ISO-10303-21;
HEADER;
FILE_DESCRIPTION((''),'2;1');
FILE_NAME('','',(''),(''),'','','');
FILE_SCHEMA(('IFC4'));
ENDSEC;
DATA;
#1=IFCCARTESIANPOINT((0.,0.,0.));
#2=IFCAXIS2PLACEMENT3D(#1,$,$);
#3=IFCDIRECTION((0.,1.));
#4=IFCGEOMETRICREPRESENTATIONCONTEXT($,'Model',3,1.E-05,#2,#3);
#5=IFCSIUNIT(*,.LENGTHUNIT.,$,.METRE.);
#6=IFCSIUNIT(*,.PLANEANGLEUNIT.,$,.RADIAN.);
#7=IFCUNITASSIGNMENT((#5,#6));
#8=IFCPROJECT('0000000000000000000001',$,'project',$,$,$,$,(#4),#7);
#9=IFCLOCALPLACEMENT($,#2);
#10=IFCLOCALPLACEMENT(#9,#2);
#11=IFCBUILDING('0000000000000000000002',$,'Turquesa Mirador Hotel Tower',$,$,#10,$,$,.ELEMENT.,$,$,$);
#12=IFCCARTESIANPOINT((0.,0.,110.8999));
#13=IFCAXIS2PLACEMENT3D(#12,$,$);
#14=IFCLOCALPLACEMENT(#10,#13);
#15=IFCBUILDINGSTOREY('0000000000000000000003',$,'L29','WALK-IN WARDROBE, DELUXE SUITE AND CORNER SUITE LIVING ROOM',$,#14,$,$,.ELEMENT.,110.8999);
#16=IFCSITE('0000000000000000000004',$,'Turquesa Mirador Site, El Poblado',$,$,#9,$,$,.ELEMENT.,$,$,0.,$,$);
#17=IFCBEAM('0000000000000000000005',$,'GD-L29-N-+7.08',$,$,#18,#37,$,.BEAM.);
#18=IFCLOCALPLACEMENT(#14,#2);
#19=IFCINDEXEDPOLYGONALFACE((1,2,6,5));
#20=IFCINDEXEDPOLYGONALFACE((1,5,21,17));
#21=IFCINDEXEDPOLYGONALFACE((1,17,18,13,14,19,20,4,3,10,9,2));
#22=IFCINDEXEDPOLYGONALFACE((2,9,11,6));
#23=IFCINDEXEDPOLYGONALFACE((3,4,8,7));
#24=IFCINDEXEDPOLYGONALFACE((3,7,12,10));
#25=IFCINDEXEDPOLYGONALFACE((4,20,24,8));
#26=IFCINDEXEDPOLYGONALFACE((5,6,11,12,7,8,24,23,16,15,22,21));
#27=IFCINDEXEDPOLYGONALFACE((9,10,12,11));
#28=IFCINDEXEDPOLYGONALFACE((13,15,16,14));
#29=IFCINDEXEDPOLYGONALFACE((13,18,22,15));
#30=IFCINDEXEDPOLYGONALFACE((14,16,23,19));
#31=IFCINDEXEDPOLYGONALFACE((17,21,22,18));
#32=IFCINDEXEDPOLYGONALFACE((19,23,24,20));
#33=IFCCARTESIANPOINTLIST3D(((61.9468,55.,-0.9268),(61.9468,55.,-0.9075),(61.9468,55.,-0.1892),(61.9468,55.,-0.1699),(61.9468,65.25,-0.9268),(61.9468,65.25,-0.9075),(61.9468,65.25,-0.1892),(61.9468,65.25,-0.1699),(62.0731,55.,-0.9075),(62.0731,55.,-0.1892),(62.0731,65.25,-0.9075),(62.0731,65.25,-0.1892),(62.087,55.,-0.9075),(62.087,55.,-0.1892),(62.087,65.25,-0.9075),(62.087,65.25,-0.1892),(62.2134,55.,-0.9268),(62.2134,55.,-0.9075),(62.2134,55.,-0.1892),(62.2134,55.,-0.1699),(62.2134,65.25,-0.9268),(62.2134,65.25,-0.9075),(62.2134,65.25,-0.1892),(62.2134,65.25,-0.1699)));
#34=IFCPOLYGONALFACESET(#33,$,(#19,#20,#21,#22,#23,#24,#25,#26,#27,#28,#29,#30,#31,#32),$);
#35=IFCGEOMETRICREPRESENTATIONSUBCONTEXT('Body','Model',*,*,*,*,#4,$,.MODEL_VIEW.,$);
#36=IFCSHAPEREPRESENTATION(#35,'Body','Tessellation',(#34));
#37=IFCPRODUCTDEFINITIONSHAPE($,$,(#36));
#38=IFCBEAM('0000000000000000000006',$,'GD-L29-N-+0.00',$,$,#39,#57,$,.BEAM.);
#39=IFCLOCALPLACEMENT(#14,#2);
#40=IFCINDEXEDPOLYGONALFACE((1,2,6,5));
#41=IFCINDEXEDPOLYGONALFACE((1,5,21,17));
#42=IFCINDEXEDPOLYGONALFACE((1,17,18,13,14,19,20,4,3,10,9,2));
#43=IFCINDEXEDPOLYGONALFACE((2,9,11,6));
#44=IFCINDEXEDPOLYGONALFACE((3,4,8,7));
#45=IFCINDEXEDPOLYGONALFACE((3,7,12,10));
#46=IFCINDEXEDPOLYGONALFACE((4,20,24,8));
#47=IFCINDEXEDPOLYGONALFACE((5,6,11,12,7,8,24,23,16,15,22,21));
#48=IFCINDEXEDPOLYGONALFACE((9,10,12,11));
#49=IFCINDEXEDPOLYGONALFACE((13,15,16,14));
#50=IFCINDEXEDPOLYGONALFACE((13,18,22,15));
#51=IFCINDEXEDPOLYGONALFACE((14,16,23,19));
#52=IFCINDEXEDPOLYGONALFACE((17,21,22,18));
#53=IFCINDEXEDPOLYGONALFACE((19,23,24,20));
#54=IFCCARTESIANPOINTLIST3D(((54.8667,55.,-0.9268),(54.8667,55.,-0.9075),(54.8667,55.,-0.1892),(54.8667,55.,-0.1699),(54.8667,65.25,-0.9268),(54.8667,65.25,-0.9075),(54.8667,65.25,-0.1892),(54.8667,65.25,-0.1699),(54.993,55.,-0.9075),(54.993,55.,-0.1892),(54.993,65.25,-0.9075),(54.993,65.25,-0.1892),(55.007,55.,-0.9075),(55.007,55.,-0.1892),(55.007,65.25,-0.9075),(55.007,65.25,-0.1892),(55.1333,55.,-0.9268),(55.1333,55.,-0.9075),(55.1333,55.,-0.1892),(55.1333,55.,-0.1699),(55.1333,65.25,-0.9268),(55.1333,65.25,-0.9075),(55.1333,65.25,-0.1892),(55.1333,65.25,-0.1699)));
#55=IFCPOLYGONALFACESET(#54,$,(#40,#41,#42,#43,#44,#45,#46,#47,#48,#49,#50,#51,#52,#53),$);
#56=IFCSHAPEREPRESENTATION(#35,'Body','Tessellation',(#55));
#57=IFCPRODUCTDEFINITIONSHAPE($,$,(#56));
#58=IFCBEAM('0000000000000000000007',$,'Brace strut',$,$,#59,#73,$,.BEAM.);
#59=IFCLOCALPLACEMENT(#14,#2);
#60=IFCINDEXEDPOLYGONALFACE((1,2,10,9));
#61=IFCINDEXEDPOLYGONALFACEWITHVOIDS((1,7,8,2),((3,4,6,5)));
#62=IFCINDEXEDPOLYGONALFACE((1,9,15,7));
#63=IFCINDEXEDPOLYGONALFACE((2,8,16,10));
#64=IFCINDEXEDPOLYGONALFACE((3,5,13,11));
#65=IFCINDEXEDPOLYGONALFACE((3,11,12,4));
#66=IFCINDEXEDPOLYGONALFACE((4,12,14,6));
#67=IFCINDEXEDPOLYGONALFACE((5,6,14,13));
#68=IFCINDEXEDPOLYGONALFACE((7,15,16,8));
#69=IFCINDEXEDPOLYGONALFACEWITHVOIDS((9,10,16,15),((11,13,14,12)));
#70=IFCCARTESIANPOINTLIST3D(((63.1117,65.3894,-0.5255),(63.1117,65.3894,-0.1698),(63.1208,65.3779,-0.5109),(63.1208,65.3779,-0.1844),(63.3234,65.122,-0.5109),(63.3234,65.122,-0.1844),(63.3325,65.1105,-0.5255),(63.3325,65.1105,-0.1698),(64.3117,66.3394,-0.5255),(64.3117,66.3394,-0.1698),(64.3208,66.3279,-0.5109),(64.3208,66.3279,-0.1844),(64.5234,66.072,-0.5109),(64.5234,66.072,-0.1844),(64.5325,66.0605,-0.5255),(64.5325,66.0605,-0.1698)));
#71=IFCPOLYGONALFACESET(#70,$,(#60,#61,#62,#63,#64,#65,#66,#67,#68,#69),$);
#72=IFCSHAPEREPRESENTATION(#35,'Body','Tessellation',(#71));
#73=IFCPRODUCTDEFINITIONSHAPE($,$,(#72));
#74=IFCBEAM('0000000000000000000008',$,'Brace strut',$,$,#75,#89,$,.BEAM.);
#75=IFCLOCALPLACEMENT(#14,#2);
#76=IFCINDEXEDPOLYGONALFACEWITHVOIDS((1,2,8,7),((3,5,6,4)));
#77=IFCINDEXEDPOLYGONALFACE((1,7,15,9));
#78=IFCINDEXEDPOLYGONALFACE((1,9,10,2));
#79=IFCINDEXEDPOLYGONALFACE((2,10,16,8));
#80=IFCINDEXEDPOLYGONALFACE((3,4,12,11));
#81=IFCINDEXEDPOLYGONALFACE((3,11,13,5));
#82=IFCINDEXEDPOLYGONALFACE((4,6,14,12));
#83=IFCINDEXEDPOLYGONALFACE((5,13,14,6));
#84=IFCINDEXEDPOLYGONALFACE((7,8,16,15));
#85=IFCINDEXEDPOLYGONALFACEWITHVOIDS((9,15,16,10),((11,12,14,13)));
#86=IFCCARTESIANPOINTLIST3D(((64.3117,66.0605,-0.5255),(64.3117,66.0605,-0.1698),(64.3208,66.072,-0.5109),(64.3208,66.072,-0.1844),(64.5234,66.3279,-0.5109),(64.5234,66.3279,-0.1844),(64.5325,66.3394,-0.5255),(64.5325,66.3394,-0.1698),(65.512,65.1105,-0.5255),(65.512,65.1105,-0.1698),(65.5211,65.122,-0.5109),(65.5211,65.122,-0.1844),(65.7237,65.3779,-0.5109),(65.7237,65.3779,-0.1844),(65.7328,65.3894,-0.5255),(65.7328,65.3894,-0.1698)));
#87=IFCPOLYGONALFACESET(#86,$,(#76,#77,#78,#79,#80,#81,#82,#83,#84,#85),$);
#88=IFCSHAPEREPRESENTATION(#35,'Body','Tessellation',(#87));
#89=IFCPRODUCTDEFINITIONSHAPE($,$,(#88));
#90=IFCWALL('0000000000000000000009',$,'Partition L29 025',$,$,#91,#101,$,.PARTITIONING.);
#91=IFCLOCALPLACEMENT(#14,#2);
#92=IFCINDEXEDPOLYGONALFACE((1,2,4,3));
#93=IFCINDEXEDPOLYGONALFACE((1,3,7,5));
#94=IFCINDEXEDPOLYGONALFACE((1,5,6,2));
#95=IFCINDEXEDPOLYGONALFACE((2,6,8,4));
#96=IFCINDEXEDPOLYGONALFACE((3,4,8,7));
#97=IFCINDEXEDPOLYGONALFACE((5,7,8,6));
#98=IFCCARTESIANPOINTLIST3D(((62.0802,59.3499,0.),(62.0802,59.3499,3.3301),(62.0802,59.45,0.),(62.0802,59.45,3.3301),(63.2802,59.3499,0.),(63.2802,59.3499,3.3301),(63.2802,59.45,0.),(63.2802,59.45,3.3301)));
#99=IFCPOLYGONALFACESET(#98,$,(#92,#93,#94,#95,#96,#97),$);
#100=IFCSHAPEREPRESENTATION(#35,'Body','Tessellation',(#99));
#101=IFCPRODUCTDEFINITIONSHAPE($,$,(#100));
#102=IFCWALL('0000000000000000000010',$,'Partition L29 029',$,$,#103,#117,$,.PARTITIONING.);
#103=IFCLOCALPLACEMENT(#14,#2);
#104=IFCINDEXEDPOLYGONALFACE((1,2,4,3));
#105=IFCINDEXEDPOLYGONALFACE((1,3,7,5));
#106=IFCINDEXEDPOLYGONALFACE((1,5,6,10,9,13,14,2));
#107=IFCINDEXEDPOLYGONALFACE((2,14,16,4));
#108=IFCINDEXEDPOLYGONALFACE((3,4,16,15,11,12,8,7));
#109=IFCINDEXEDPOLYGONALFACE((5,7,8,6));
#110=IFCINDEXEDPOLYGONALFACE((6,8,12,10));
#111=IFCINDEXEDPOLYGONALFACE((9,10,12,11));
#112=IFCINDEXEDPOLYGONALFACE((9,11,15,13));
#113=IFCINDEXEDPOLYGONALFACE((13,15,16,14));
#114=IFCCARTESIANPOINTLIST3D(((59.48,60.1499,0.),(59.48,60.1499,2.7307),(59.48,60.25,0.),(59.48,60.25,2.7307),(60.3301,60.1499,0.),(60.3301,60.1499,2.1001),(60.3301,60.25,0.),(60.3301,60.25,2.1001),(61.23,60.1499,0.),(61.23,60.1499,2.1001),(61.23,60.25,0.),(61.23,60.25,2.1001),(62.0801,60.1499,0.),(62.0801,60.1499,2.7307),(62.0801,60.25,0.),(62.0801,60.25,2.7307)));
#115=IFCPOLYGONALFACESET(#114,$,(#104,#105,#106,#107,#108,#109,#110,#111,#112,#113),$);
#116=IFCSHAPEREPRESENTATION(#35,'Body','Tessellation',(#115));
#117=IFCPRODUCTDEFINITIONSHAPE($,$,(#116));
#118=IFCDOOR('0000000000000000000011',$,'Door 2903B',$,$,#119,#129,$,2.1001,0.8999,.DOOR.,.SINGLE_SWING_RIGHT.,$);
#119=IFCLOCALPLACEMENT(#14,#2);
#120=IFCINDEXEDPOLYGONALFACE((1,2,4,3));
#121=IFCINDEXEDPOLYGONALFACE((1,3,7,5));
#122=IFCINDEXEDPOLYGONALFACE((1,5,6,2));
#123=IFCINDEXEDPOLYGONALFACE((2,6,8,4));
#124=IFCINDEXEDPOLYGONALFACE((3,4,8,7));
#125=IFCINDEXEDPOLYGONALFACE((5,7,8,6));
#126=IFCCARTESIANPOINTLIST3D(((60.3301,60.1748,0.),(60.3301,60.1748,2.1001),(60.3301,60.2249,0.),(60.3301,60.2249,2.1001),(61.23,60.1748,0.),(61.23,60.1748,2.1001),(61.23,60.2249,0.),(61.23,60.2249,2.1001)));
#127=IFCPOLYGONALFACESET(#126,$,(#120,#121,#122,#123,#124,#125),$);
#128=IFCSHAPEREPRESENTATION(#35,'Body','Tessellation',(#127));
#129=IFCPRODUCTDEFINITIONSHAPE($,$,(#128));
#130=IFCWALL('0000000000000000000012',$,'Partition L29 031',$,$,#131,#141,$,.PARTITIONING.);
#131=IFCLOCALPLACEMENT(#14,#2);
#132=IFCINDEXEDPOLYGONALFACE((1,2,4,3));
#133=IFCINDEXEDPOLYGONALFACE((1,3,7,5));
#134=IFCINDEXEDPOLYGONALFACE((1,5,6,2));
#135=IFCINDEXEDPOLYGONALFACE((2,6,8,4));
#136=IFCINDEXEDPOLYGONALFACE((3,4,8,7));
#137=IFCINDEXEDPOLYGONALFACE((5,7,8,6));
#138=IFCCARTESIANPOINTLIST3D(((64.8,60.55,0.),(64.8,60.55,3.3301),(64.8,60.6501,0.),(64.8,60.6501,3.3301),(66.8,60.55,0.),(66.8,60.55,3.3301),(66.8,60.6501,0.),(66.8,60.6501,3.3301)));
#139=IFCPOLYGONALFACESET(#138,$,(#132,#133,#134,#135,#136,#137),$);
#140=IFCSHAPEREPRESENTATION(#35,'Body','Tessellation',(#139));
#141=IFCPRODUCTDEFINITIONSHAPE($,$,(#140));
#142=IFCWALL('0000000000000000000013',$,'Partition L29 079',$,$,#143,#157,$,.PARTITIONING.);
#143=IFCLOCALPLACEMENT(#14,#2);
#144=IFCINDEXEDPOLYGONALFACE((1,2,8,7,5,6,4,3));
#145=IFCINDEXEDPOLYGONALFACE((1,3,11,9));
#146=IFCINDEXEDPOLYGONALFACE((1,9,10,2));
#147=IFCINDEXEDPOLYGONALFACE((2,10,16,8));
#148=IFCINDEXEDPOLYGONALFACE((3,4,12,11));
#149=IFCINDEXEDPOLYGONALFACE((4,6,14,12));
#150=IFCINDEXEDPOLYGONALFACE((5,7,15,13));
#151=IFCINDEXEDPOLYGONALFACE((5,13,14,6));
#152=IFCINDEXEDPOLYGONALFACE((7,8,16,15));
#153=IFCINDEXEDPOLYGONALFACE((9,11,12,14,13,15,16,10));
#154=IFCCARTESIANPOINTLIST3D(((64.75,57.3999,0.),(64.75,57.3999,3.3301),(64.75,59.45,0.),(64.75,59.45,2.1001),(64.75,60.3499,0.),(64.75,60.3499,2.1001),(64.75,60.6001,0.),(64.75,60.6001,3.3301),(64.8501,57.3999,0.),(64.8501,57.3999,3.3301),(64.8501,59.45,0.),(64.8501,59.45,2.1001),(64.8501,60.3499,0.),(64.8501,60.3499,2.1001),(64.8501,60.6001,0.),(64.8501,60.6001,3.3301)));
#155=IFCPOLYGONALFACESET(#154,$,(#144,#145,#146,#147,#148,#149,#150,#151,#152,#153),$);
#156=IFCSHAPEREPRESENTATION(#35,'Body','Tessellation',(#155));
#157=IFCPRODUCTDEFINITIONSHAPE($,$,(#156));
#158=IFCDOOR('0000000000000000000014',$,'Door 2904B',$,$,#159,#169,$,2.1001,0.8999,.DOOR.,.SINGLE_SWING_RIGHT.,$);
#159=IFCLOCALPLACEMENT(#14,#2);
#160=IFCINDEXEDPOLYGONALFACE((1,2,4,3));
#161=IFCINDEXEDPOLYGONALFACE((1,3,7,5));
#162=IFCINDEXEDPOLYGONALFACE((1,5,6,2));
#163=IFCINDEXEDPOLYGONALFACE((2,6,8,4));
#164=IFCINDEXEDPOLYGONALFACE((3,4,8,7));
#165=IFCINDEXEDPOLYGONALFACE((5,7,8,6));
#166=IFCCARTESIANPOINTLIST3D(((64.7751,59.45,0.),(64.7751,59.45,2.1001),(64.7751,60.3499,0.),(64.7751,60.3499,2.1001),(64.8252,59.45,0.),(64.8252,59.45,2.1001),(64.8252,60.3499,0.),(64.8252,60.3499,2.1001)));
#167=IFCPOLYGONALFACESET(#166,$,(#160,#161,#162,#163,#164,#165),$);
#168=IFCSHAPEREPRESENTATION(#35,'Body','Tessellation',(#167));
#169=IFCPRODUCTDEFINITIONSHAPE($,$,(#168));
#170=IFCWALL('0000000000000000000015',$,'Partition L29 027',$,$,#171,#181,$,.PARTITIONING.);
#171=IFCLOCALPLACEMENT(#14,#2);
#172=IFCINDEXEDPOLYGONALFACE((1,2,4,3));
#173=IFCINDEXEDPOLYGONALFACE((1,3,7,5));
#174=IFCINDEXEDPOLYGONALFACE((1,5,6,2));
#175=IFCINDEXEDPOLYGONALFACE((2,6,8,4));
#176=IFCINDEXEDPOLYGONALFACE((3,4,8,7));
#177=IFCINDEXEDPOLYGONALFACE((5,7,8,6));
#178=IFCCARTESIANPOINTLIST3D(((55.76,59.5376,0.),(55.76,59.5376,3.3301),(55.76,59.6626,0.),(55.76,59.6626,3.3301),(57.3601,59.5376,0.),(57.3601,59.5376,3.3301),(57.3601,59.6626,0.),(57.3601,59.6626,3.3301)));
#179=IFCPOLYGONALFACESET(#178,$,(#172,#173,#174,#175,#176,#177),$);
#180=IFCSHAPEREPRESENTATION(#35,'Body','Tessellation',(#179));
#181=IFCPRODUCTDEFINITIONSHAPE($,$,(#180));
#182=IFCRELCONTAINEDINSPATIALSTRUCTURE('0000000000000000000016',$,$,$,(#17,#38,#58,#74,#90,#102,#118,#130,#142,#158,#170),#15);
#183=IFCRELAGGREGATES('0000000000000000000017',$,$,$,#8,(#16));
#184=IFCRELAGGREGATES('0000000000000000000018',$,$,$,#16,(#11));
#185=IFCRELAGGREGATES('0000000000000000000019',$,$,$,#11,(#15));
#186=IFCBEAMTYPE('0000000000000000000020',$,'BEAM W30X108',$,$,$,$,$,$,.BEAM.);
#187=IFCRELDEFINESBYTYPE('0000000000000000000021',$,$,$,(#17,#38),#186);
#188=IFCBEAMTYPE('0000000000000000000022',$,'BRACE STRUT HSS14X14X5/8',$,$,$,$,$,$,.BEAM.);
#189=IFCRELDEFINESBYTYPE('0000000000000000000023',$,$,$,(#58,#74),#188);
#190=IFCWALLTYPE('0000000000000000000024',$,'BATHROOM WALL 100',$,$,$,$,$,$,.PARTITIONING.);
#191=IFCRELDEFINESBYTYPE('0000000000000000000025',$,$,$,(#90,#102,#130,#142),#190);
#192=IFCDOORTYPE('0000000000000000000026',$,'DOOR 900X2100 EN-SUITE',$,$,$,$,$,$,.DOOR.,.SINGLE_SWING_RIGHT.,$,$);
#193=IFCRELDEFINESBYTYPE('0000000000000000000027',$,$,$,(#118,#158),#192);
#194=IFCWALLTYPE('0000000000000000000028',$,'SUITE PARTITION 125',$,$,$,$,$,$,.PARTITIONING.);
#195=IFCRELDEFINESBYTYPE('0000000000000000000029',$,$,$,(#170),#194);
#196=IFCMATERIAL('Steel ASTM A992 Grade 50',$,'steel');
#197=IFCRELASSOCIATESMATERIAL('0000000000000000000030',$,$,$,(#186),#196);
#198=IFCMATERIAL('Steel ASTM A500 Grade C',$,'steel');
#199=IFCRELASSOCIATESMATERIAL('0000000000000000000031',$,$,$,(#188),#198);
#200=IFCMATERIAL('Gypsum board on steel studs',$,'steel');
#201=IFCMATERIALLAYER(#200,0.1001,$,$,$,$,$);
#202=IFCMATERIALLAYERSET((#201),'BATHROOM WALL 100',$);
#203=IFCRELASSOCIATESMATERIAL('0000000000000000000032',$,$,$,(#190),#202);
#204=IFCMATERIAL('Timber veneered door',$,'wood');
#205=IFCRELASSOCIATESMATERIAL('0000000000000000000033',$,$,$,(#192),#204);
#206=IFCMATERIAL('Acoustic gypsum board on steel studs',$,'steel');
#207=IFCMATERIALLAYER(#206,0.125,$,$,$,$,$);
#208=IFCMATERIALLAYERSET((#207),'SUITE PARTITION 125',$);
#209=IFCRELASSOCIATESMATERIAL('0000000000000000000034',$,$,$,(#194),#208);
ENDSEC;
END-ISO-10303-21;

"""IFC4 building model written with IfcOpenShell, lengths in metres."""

from ifc_helpers import new_model, si_unit, direction, frame, frame_2d, origin, origin_2d, place, context, subcontext, project, spatial, rectangle, hollow_rectangle, i_section, extrude, material, layer, layer_set, material_profile, profile_set, type_object, element, fill, save


model = new_model("IFC4")

# Units and contexts
model_context = context("Model", 3, precision=1e-05, world=origin(), true_north=direction((0.0, 1.0)))
body_context = subcontext(model_context, "Body", "Model", "MODEL_VIEW")
ifc_project = project(units=[si_unit("LENGTHUNIT", "METRE"), si_unit("PLANEANGLEUNIT", "RADIAN")], contexts=[model_context])

# Site, building, storey
site_placement = place(None, origin())
site = spatial("IfcSite", under=ifc_project, at=site_placement, Name="Turquesa Mirador Site, El Poblado", CompositionType="ELEMENT", RefElevation=0.0)
building_placement = place(site_placement, origin())
building = spatial("IfcBuilding", under=site, at=building_placement, Name="Turquesa Mirador Hotel Tower", CompositionType="ELEMENT")
storey_placement = place(building_placement, frame((0.0, 0.0, 110.8999)))
storey = spatial("IfcBuildingStorey", under=building, at=storey_placement, Name="L29", Description="WALK-IN WARDROBE, DELUXE SUITE AND CORNER SUITE LIVING ROOM", CompositionType="ELEMENT", Elevation=110.8999)

# Beams
ifc_material_1 = material(Name="Steel ASTM A992 Grade 50", Category="steel")
ifc_material_profile_1 = material_profile(ifc_material_1, i_section(OverallWidth=0.2666, OverallDepth=0.7568, WebThickness=0.0139, FlangeThickness=0.0193, at=origin_2d()), Name="W30X108")
ifc_profile_set_1 = profile_set([ifc_material_profile_1], Name="Steel ASTM A992 Grade 50")
beam_type_1 = type_object("IfcBeamType", Name="BEAM W30X108", PredefinedType="BEAM", material=ifc_profile_set_1)
for number, where, z_axis, x_axis, name in (
    (1, (62.0801, 65.25, -0.5483), (0.0, -1.0, 0.0), (1.0, 0.0, 0.0), "GD-L29-N-+7.08"),
    (2, (55.0, 65.25, -0.5483), (0.0, -1.0, 0.0), (1.0, 0.0, 0.0), "GD-L29-N-+0.00"),
):
    element("IfcBeam", number, at=place(storey_placement, frame(where, z_axis=z_axis, x_axis=x_axis)), inside=storey, type_object=beam_type_1, Name=name, PredefinedType="BEAM", context=body_context, shape_type="SweptSolid", body=[
        extrude(i_section(OverallWidth=0.2666, OverallDepth=0.7568, WebThickness=0.0139, FlangeThickness=0.0193, at=origin_2d()), origin(), (0.0, 0.0, 1.0), 10.25),
    ])
ifc_material_2 = material(Name="Steel ASTM A500 Grade C", Category="steel")
ifc_material_profile_2 = material_profile(ifc_material_2, hollow_rectangle(XDim=0.3557, YDim=0.3557, WallThickness=0.0146, at=origin_2d()), Name="HSS14X14X5/8")
ifc_profile_set_2 = profile_set([ifc_material_profile_2], Name="Steel ASTM A500 Grade C")
beam_type_2 = type_object("IfcBeamType", Name="BRACE STRUT HSS14X14X5/8", PredefinedType="BEAM", material=ifc_profile_set_2)
beam_1_placement = place(storey_placement, frame((64.4221, 66.2, -0.3477), z_axis=(-0.784049, -0.620699, 0.0), x_axis=(0.620699, -0.784049, 0.0)))
element("IfcBeam", 3, at=beam_1_placement, inside=storey, type_object=beam_type_2, Name="Brace strut", PredefinedType="BEAM", context=body_context, shape_type="SweptSolid", body=[
    extrude(hollow_rectangle(XDim=0.3557, YDim=0.3557, WallThickness=0.0146, at=origin_2d()), origin(), (0.0, 0.0, 1.0), 1.5305),
])
beam_2_placement = place(storey_placement, frame((64.4221, 66.2, -0.3477), z_axis=(0.784111, -0.620621, 0.0), x_axis=(0.620621, 0.784111, 0.0)))
element("IfcBeam", 4, at=beam_2_placement, inside=storey, type_object=beam_type_2, Name="Brace strut", PredefinedType="BEAM", context=body_context, shape_type="SweptSolid", body=[
    extrude(hollow_rectangle(XDim=0.3557, YDim=0.3557, WallThickness=0.0146, at=origin_2d()), origin(), (0.0, 0.0, 1.0), 1.5308),
])

# Wall
ifc_material_3 = material(Name="Gypsum board on steel studs", Category="steel")
ifc_layer_1 = layer(ifc_material_3, 0.1001)
ifc_layer_set_1 = layer_set([ifc_layer_1], Name="BATHROOM WALL 100")
wall_type_1 = type_object("IfcWallType", Name="BATHROOM WALL 100", PredefinedType="PARTITIONING", material=ifc_layer_set_1)
wall_1_placement = place(storey_placement, frame((62.0801, 59.3999, 0.0), z_axis=(0.0, 0.0, 1.0), x_axis=(1.0, 0.0, 0.0)))
element("IfcWall", 5, at=wall_1_placement, inside=storey, type_object=wall_type_1, Name="Partition L29 025", PredefinedType="PARTITIONING", context=body_context, shape_type="SweptSolid", body=[
    extrude(rectangle(XDim=1.2, YDim=0.1001, at=frame_2d((0.6001, 0.0))), origin(), (0.0, 0.0, 1.0), 3.3301),
])

# Wall, opening, door
wall_2_placement = place(storey_placement, frame((59.48, 60.2, 0.0), z_axis=(0.0, 0.0, 1.0), x_axis=(1.0, 0.0, 0.0)))
wall_2 = element("IfcWall", 6, at=wall_2_placement, inside=storey, type_object=wall_type_1, Name="Partition L29 029", PredefinedType="PARTITIONING", context=body_context, shape_type="SweptSolid", body=[
    extrude(rectangle(XDim=2.6001, YDim=0.1001, at=frame_2d((1.3, 0.0))), origin(), (0.0, 0.0, 1.0), 2.7307),
])
opening_1_placement = place(wall_2_placement, frame((0.8501, 0.0, 0.0)))
opening_1 = element("IfcOpeningElement", 7, at=opening_1_placement, cuts=wall_2, PredefinedType="OPENING", context=body_context, shape_type="SweptSolid", body=[
    extrude(rectangle(XDim=0.8999, YDim=2.1001, at=frame_2d((0.45, 1.05))), frame((0.0, 0.0601, 0.0), z_axis=(0.0, -1.0, 0.0), x_axis=(1.0, 0.0, 0.0)), (0.0, 0.0, 1.0), 0.1201),
])
ifc_material_4 = material(Name="Timber veneered door", Category="wood")
door_type = type_object("IfcDoorType", Name="DOOR 900X2100 EN-SUITE", OperationType="SINGLE_SWING_RIGHT", PredefinedType="DOOR", material=ifc_material_4)
door_1_placement = place(opening_1_placement, origin())
door_1 = element("IfcDoor", 8, at=door_1_placement, inside=storey, type_object=door_type, Name="Door 2903B", OperationType="SINGLE_SWING_RIGHT", OverallHeight=2.1001, OverallWidth=0.8999, PredefinedType="DOOR", context=body_context, shape_type="SweptSolid", body=[
    extrude(rectangle(XDim=0.8999, YDim=2.1001, at=frame_2d((0.45, 1.05))), frame((0.0, 0.0249, 0.0), z_axis=(0.0, -1.0, 0.0), x_axis=(1.0, 0.0, 0.0)), (0.0, 0.0, 1.0), 0.05),
])
fill(opening_1, door_1)

# Wall
wall_3_placement = place(storey_placement, frame((64.8, 60.6001, 0.0), z_axis=(0.0, 0.0, 1.0), x_axis=(1.0, 0.0, 0.0)))
element("IfcWall", 9, at=wall_3_placement, inside=storey, type_object=wall_type_1, Name="Partition L29 031", PredefinedType="PARTITIONING", context=body_context, shape_type="SweptSolid", body=[
    extrude(rectangle(XDim=2.0, YDim=0.1001, at=frame_2d((1.0, 0.0))), origin(), (0.0, 0.0, 1.0), 3.3301),
])

# Wall, opening, door
wall_4_placement = place(storey_placement, frame((64.8, 57.3999, 0.0), z_axis=(0.0, 0.0, 1.0), x_axis=(0.0, 1.0, 0.0)))
wall_4 = element("IfcWall", 10, at=wall_4_placement, inside=storey, type_object=wall_type_1, Name="Partition L29 079", PredefinedType="PARTITIONING", context=body_context, shape_type="SweptSolid", body=[
    extrude(rectangle(XDim=3.2002, YDim=0.1001, at=frame_2d((1.6001, 0.0))), origin(), (0.0, 0.0, 1.0), 3.3301),
])
opening_2_placement = place(wall_4_placement, frame((2.05, 0.0, 0.0)))
opening_2 = element("IfcOpeningElement", 11, at=opening_2_placement, cuts=wall_4, PredefinedType="OPENING", context=body_context, shape_type="SweptSolid", body=[
    extrude(rectangle(XDim=0.8999, YDim=2.1001, at=frame_2d((0.45, 1.05))), frame((0.0, 0.0601, 0.0), z_axis=(0.0, -1.0, 0.0), x_axis=(1.0, 0.0, 0.0)), (0.0, 0.0, 1.0), 0.1201),
])
door_2_placement = place(opening_2_placement, origin())
door_2 = element("IfcDoor", 12, at=door_2_placement, inside=storey, type_object=door_type, Name="Door 2904B", OperationType="SINGLE_SWING_RIGHT", OverallHeight=2.1001, OverallWidth=0.8999, PredefinedType="DOOR", context=body_context, shape_type="SweptSolid", body=[
    extrude(rectangle(XDim=0.8999, YDim=2.1001, at=frame_2d((0.45, 1.05))), frame((0.0, 0.0249, 0.0), z_axis=(0.0, -1.0, 0.0), x_axis=(1.0, 0.0, 0.0)), (0.0, 0.0, 1.0), 0.05),
])
fill(opening_2, door_2)

# Wall
ifc_material_5 = material(Name="Acoustic gypsum board on steel studs", Category="steel")
ifc_layer_2 = layer(ifc_material_5, 0.125)
ifc_layer_set_2 = layer_set([ifc_layer_2], Name="SUITE PARTITION 125")
wall_type_2 = type_object("IfcWallType", Name="SUITE PARTITION 125", PredefinedType="PARTITIONING", material=ifc_layer_set_2)
wall_5_placement = place(storey_placement, frame((55.76, 59.6001, 0.0), z_axis=(0.0, 0.0, 1.0), x_axis=(1.0, 0.0, 0.0)))
element("IfcWall", 13, at=wall_5_placement, inside=storey, type_object=wall_type_2, Name="Partition L29 027", PredefinedType="PARTITIONING", context=body_context, shape_type="SweptSolid", body=[
    extrude(rectangle(XDim=1.6001, YDim=0.125, at=frame_2d((0.8, 0.0))), origin(), (0.0, 0.0, 1.0), 3.3301),
])

save(model, "model.ifc")
